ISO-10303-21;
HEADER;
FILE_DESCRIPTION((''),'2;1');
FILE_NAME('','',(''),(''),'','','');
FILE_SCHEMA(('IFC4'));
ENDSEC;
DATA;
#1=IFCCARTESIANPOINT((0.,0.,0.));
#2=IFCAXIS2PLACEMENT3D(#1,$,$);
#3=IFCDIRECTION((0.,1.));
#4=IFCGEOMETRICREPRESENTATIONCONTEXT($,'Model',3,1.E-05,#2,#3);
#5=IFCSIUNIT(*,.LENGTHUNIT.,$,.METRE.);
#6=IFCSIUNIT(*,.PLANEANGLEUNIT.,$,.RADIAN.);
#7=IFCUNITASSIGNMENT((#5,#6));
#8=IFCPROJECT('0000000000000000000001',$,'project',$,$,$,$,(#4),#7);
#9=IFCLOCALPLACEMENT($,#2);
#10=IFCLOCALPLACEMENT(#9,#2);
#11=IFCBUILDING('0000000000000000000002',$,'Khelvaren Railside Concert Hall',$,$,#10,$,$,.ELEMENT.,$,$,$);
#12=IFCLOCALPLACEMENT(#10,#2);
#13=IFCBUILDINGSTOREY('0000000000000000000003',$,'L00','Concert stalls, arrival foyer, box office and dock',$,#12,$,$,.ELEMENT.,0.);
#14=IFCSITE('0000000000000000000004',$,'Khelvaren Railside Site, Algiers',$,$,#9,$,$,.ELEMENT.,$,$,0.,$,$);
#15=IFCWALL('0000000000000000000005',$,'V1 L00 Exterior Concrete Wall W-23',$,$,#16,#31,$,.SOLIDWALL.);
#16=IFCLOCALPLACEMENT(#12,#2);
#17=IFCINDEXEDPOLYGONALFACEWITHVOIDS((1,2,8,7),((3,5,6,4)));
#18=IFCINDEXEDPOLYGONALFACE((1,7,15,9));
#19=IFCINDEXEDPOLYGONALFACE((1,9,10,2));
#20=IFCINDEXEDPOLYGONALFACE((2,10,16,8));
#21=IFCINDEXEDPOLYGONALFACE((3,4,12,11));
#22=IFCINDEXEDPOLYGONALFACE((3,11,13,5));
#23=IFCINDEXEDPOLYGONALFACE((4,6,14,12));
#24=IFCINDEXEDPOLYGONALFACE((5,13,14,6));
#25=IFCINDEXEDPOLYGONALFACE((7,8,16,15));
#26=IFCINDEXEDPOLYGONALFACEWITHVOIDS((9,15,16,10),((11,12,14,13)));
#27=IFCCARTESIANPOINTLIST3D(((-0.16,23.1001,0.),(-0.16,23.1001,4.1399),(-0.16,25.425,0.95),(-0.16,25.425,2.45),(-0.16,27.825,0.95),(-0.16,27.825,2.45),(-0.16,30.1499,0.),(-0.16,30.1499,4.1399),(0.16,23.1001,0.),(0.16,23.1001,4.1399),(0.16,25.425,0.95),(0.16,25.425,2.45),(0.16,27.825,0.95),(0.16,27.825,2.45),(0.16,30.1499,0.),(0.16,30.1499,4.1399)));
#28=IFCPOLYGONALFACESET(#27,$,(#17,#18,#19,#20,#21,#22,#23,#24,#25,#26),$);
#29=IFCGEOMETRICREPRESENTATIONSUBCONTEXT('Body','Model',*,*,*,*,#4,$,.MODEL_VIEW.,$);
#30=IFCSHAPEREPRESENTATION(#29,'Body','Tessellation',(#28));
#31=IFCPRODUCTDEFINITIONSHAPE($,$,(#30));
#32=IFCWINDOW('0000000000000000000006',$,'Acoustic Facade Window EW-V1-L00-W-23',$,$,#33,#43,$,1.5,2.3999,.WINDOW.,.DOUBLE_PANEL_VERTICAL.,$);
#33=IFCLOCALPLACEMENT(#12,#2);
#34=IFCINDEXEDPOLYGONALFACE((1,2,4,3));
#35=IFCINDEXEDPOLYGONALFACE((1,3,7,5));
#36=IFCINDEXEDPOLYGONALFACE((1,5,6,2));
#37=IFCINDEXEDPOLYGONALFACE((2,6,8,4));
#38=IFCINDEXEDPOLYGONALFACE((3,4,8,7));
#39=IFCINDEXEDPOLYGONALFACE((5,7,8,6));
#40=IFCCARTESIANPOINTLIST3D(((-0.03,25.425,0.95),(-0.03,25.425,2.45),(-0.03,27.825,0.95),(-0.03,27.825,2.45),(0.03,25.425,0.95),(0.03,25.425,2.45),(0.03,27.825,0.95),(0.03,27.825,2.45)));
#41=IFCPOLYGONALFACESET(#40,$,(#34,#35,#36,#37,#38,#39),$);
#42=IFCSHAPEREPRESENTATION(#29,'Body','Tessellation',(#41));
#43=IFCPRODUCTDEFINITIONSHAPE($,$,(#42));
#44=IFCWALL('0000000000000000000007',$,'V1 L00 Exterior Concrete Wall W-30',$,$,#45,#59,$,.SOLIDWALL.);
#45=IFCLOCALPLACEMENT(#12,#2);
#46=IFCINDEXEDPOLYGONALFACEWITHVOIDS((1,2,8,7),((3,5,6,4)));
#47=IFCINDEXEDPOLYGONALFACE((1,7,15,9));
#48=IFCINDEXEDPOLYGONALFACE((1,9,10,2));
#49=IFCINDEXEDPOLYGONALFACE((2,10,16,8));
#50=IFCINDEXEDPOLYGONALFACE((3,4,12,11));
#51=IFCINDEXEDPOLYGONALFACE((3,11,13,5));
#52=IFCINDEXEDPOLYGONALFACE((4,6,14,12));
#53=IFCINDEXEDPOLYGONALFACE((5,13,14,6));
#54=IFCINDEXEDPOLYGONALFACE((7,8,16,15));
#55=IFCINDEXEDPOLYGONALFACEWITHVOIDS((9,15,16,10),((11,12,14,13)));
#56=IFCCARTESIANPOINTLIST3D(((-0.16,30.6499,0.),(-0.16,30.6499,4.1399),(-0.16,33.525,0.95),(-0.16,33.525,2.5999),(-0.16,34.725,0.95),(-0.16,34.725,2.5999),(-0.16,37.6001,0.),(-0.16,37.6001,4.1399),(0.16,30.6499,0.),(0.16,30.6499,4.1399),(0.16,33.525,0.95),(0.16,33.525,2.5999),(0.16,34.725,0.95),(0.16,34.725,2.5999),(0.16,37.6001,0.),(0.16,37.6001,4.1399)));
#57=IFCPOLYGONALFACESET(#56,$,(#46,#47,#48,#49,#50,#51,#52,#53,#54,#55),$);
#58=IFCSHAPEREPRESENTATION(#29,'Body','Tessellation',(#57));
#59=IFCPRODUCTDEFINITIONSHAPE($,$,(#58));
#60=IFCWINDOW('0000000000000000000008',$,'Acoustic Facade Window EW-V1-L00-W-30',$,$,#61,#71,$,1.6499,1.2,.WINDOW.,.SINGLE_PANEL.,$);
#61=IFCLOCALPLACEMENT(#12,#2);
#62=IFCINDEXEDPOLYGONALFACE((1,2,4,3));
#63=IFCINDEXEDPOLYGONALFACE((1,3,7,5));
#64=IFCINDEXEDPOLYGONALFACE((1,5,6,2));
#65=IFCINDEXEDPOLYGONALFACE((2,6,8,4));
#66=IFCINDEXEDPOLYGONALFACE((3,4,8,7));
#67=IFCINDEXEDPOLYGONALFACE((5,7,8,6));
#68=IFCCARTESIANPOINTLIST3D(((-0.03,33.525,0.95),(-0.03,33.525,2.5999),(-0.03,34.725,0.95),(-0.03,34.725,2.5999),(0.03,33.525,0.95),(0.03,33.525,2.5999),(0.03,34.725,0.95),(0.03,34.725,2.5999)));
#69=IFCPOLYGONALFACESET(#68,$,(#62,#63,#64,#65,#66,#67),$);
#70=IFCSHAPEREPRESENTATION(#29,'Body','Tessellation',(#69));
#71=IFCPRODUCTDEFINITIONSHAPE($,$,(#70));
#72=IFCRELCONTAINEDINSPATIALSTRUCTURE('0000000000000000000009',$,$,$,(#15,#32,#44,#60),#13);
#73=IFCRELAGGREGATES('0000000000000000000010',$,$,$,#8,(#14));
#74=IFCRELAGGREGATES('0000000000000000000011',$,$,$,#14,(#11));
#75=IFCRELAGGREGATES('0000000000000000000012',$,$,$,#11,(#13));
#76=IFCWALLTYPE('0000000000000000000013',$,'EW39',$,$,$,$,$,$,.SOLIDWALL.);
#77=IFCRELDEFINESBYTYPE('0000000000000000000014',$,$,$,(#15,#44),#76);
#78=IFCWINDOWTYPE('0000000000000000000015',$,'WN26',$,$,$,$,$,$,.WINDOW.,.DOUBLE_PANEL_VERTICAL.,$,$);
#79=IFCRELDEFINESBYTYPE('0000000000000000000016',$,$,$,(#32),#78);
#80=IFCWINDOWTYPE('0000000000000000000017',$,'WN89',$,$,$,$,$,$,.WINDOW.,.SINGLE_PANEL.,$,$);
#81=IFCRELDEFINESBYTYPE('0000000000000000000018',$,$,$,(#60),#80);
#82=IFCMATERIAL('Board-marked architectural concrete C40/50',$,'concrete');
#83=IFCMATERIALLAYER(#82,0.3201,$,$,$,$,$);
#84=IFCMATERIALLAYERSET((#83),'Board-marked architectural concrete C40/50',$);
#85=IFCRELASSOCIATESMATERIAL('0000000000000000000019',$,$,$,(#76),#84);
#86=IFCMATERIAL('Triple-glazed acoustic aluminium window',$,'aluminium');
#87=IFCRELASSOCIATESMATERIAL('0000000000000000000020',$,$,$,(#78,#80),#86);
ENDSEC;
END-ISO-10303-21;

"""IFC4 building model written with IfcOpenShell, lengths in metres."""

from ifc_helpers import new_model, si_unit, direction, frame, frame_2d, origin, place, context, subcontext, project, spatial, rectangle, extrude, material, layer, layer_set, type_object, element, fill, save


model = new_model("IFC4")

# Units and contexts
model_context = context("Model", 3, precision=1e-05, world=origin(), true_north=direction((0.0, 1.0)))
body_context = subcontext(model_context, "Body", "Model", "MODEL_VIEW")
ifc_project = project(units=[si_unit("LENGTHUNIT", "METRE"), si_unit("PLANEANGLEUNIT", "RADIAN")], contexts=[model_context])

# Site, building, storey
site_placement = place(None, origin())
site = spatial("IfcSite", under=ifc_project, at=site_placement, Name="Khelvaren Railside Site, Algiers", CompositionType="ELEMENT", RefElevation=0.0)
building_placement = place(site_placement, origin())
building = spatial("IfcBuilding", under=site, at=building_placement, Name="Khelvaren Railside Concert Hall", CompositionType="ELEMENT")
storey_placement = place(building_placement, origin())
storey = spatial("IfcBuildingStorey", under=building, at=storey_placement, Name="L00", Description="Concert stalls, arrival foyer, box office and dock", CompositionType="ELEMENT", Elevation=0.0)

# Walls, openings, windows
ifc_material_1 = material(Name="Board-marked architectural concrete C40/50", Category="concrete")
ifc_layer_1 = layer(ifc_material_1, 0.3201)
ifc_layer_set_1 = layer_set([ifc_layer_1], Name="Board-marked architectural concrete C40/50")
wall_type_1 = type_object("IfcWallType", Name="EW39", PredefinedType="SOLIDWALL", material=ifc_layer_set_1)
wall_1_placement = place(storey_placement, frame((0.0, 23.1001, 0.0), z_axis=(0.0, 0.0, 1.0), x_axis=(0.0, 1.0, 0.0)))
wall_1 = element("IfcWall", 1, at=wall_1_placement, inside=storey, type_object=wall_type_1, Name="V1 L00 Exterior Concrete Wall W-23", PredefinedType="SOLIDWALL", context=body_context, shape_type="SweptSolid", body=[
    extrude(rectangle(XDim=7.0498, YDim=0.3201, at=frame_2d((3.5249, 0.0))), origin(), (0.0, 0.0, 1.0), 4.1399),
])
opening_1_placement = place(wall_1_placement, frame((2.325, 0.0, 0.95)))
opening_1 = element("IfcOpeningElement", 2, at=opening_1_placement, cuts=wall_1, PredefinedType="OPENING", context=body_context, shape_type="SweptSolid", body=[
    extrude(rectangle(XDim=2.3999, YDim=1.5, at=frame_2d((1.2, 0.75))), frame((0.0, 0.1699, 0.0), z_axis=(0.0, -1.0, 0.0), x_axis=(1.0, 0.0, 0.0)), (0.0, 0.0, 1.0), 0.3401),
])
ifc_material_2 = material(Name="Triple-glazed acoustic aluminium window", Category="aluminium")
window_type_1 = type_object("IfcWindowType", Name="WN26", PartitioningType="DOUBLE_PANEL_VERTICAL", PredefinedType="WINDOW", material=ifc_material_2)
window_1_placement = place(opening_1_placement, origin())
window_1 = element("IfcWindow", 3, at=window_1_placement, inside=storey, type_object=window_type_1, Name="Acoustic Facade Window EW-V1-L00-W-23", OverallHeight=1.5, OverallWidth=2.3999, PartitioningType="DOUBLE_PANEL_VERTICAL", PredefinedType="WINDOW", context=body_context, shape_type="SweptSolid", body=[
    extrude(rectangle(XDim=2.3999, YDim=1.5, at=frame_2d((1.2, 0.75))), frame((0.0, 0.03, 0.0), z_axis=(0.0, -1.0, 0.0), x_axis=(1.0, 0.0, 0.0)), (0.0, 0.0, 1.0), 0.0601),
])
fill(opening_1, window_1)
wall_2_placement = place(storey_placement, frame((0.0, 30.6499, 0.0), z_axis=(0.0, 0.0, 1.0), x_axis=(0.0, 1.0, 0.0)))
wall_2 = element("IfcWall", 4, at=wall_2_placement, inside=storey, type_object=wall_type_1, Name="V1 L00 Exterior Concrete Wall W-30", PredefinedType="SOLIDWALL", context=body_context, shape_type="SweptSolid", body=[
    extrude(rectangle(XDim=6.9502, YDim=0.3201, at=frame_2d((3.4751, 0.0))), origin(), (0.0, 0.0, 1.0), 4.1399),
])
opening_2_placement = place(wall_2_placement, frame((2.875, 0.0, 0.95)))
opening_2 = element("IfcOpeningElement", 5, at=opening_2_placement, cuts=wall_2, PredefinedType="OPENING", context=body_context, shape_type="SweptSolid", body=[
    extrude(rectangle(XDim=1.2, YDim=1.6499, at=frame_2d((0.6001, 0.825))), frame((0.0, 0.1699, 0.0), z_axis=(0.0, -1.0, 0.0), x_axis=(1.0, 0.0, 0.0)), (0.0, 0.0, 1.0), 0.3401),
])
window_type_2 = type_object("IfcWindowType", Name="WN89", PartitioningType="SINGLE_PANEL", PredefinedType="WINDOW", material=ifc_material_2)
window_2_placement = place(opening_2_placement, origin())
window_2 = element("IfcWindow", 6, at=window_2_placement, inside=storey, type_object=window_type_2, Name="Acoustic Facade Window EW-V1-L00-W-30", OverallHeight=1.6499, OverallWidth=1.2, PartitioningType="SINGLE_PANEL", PredefinedType="WINDOW", context=body_context, shape_type="SweptSolid", body=[
    extrude(rectangle(XDim=1.2, YDim=1.6499, at=frame_2d((0.6001, 0.825))), frame((0.0, 0.03, 0.0), z_axis=(0.0, -1.0, 0.0), x_axis=(1.0, 0.0, 0.0)), (0.0, 0.0, 1.0), 0.0601),
])
fill(opening_2, window_2)

save(model, "model.ifc")
